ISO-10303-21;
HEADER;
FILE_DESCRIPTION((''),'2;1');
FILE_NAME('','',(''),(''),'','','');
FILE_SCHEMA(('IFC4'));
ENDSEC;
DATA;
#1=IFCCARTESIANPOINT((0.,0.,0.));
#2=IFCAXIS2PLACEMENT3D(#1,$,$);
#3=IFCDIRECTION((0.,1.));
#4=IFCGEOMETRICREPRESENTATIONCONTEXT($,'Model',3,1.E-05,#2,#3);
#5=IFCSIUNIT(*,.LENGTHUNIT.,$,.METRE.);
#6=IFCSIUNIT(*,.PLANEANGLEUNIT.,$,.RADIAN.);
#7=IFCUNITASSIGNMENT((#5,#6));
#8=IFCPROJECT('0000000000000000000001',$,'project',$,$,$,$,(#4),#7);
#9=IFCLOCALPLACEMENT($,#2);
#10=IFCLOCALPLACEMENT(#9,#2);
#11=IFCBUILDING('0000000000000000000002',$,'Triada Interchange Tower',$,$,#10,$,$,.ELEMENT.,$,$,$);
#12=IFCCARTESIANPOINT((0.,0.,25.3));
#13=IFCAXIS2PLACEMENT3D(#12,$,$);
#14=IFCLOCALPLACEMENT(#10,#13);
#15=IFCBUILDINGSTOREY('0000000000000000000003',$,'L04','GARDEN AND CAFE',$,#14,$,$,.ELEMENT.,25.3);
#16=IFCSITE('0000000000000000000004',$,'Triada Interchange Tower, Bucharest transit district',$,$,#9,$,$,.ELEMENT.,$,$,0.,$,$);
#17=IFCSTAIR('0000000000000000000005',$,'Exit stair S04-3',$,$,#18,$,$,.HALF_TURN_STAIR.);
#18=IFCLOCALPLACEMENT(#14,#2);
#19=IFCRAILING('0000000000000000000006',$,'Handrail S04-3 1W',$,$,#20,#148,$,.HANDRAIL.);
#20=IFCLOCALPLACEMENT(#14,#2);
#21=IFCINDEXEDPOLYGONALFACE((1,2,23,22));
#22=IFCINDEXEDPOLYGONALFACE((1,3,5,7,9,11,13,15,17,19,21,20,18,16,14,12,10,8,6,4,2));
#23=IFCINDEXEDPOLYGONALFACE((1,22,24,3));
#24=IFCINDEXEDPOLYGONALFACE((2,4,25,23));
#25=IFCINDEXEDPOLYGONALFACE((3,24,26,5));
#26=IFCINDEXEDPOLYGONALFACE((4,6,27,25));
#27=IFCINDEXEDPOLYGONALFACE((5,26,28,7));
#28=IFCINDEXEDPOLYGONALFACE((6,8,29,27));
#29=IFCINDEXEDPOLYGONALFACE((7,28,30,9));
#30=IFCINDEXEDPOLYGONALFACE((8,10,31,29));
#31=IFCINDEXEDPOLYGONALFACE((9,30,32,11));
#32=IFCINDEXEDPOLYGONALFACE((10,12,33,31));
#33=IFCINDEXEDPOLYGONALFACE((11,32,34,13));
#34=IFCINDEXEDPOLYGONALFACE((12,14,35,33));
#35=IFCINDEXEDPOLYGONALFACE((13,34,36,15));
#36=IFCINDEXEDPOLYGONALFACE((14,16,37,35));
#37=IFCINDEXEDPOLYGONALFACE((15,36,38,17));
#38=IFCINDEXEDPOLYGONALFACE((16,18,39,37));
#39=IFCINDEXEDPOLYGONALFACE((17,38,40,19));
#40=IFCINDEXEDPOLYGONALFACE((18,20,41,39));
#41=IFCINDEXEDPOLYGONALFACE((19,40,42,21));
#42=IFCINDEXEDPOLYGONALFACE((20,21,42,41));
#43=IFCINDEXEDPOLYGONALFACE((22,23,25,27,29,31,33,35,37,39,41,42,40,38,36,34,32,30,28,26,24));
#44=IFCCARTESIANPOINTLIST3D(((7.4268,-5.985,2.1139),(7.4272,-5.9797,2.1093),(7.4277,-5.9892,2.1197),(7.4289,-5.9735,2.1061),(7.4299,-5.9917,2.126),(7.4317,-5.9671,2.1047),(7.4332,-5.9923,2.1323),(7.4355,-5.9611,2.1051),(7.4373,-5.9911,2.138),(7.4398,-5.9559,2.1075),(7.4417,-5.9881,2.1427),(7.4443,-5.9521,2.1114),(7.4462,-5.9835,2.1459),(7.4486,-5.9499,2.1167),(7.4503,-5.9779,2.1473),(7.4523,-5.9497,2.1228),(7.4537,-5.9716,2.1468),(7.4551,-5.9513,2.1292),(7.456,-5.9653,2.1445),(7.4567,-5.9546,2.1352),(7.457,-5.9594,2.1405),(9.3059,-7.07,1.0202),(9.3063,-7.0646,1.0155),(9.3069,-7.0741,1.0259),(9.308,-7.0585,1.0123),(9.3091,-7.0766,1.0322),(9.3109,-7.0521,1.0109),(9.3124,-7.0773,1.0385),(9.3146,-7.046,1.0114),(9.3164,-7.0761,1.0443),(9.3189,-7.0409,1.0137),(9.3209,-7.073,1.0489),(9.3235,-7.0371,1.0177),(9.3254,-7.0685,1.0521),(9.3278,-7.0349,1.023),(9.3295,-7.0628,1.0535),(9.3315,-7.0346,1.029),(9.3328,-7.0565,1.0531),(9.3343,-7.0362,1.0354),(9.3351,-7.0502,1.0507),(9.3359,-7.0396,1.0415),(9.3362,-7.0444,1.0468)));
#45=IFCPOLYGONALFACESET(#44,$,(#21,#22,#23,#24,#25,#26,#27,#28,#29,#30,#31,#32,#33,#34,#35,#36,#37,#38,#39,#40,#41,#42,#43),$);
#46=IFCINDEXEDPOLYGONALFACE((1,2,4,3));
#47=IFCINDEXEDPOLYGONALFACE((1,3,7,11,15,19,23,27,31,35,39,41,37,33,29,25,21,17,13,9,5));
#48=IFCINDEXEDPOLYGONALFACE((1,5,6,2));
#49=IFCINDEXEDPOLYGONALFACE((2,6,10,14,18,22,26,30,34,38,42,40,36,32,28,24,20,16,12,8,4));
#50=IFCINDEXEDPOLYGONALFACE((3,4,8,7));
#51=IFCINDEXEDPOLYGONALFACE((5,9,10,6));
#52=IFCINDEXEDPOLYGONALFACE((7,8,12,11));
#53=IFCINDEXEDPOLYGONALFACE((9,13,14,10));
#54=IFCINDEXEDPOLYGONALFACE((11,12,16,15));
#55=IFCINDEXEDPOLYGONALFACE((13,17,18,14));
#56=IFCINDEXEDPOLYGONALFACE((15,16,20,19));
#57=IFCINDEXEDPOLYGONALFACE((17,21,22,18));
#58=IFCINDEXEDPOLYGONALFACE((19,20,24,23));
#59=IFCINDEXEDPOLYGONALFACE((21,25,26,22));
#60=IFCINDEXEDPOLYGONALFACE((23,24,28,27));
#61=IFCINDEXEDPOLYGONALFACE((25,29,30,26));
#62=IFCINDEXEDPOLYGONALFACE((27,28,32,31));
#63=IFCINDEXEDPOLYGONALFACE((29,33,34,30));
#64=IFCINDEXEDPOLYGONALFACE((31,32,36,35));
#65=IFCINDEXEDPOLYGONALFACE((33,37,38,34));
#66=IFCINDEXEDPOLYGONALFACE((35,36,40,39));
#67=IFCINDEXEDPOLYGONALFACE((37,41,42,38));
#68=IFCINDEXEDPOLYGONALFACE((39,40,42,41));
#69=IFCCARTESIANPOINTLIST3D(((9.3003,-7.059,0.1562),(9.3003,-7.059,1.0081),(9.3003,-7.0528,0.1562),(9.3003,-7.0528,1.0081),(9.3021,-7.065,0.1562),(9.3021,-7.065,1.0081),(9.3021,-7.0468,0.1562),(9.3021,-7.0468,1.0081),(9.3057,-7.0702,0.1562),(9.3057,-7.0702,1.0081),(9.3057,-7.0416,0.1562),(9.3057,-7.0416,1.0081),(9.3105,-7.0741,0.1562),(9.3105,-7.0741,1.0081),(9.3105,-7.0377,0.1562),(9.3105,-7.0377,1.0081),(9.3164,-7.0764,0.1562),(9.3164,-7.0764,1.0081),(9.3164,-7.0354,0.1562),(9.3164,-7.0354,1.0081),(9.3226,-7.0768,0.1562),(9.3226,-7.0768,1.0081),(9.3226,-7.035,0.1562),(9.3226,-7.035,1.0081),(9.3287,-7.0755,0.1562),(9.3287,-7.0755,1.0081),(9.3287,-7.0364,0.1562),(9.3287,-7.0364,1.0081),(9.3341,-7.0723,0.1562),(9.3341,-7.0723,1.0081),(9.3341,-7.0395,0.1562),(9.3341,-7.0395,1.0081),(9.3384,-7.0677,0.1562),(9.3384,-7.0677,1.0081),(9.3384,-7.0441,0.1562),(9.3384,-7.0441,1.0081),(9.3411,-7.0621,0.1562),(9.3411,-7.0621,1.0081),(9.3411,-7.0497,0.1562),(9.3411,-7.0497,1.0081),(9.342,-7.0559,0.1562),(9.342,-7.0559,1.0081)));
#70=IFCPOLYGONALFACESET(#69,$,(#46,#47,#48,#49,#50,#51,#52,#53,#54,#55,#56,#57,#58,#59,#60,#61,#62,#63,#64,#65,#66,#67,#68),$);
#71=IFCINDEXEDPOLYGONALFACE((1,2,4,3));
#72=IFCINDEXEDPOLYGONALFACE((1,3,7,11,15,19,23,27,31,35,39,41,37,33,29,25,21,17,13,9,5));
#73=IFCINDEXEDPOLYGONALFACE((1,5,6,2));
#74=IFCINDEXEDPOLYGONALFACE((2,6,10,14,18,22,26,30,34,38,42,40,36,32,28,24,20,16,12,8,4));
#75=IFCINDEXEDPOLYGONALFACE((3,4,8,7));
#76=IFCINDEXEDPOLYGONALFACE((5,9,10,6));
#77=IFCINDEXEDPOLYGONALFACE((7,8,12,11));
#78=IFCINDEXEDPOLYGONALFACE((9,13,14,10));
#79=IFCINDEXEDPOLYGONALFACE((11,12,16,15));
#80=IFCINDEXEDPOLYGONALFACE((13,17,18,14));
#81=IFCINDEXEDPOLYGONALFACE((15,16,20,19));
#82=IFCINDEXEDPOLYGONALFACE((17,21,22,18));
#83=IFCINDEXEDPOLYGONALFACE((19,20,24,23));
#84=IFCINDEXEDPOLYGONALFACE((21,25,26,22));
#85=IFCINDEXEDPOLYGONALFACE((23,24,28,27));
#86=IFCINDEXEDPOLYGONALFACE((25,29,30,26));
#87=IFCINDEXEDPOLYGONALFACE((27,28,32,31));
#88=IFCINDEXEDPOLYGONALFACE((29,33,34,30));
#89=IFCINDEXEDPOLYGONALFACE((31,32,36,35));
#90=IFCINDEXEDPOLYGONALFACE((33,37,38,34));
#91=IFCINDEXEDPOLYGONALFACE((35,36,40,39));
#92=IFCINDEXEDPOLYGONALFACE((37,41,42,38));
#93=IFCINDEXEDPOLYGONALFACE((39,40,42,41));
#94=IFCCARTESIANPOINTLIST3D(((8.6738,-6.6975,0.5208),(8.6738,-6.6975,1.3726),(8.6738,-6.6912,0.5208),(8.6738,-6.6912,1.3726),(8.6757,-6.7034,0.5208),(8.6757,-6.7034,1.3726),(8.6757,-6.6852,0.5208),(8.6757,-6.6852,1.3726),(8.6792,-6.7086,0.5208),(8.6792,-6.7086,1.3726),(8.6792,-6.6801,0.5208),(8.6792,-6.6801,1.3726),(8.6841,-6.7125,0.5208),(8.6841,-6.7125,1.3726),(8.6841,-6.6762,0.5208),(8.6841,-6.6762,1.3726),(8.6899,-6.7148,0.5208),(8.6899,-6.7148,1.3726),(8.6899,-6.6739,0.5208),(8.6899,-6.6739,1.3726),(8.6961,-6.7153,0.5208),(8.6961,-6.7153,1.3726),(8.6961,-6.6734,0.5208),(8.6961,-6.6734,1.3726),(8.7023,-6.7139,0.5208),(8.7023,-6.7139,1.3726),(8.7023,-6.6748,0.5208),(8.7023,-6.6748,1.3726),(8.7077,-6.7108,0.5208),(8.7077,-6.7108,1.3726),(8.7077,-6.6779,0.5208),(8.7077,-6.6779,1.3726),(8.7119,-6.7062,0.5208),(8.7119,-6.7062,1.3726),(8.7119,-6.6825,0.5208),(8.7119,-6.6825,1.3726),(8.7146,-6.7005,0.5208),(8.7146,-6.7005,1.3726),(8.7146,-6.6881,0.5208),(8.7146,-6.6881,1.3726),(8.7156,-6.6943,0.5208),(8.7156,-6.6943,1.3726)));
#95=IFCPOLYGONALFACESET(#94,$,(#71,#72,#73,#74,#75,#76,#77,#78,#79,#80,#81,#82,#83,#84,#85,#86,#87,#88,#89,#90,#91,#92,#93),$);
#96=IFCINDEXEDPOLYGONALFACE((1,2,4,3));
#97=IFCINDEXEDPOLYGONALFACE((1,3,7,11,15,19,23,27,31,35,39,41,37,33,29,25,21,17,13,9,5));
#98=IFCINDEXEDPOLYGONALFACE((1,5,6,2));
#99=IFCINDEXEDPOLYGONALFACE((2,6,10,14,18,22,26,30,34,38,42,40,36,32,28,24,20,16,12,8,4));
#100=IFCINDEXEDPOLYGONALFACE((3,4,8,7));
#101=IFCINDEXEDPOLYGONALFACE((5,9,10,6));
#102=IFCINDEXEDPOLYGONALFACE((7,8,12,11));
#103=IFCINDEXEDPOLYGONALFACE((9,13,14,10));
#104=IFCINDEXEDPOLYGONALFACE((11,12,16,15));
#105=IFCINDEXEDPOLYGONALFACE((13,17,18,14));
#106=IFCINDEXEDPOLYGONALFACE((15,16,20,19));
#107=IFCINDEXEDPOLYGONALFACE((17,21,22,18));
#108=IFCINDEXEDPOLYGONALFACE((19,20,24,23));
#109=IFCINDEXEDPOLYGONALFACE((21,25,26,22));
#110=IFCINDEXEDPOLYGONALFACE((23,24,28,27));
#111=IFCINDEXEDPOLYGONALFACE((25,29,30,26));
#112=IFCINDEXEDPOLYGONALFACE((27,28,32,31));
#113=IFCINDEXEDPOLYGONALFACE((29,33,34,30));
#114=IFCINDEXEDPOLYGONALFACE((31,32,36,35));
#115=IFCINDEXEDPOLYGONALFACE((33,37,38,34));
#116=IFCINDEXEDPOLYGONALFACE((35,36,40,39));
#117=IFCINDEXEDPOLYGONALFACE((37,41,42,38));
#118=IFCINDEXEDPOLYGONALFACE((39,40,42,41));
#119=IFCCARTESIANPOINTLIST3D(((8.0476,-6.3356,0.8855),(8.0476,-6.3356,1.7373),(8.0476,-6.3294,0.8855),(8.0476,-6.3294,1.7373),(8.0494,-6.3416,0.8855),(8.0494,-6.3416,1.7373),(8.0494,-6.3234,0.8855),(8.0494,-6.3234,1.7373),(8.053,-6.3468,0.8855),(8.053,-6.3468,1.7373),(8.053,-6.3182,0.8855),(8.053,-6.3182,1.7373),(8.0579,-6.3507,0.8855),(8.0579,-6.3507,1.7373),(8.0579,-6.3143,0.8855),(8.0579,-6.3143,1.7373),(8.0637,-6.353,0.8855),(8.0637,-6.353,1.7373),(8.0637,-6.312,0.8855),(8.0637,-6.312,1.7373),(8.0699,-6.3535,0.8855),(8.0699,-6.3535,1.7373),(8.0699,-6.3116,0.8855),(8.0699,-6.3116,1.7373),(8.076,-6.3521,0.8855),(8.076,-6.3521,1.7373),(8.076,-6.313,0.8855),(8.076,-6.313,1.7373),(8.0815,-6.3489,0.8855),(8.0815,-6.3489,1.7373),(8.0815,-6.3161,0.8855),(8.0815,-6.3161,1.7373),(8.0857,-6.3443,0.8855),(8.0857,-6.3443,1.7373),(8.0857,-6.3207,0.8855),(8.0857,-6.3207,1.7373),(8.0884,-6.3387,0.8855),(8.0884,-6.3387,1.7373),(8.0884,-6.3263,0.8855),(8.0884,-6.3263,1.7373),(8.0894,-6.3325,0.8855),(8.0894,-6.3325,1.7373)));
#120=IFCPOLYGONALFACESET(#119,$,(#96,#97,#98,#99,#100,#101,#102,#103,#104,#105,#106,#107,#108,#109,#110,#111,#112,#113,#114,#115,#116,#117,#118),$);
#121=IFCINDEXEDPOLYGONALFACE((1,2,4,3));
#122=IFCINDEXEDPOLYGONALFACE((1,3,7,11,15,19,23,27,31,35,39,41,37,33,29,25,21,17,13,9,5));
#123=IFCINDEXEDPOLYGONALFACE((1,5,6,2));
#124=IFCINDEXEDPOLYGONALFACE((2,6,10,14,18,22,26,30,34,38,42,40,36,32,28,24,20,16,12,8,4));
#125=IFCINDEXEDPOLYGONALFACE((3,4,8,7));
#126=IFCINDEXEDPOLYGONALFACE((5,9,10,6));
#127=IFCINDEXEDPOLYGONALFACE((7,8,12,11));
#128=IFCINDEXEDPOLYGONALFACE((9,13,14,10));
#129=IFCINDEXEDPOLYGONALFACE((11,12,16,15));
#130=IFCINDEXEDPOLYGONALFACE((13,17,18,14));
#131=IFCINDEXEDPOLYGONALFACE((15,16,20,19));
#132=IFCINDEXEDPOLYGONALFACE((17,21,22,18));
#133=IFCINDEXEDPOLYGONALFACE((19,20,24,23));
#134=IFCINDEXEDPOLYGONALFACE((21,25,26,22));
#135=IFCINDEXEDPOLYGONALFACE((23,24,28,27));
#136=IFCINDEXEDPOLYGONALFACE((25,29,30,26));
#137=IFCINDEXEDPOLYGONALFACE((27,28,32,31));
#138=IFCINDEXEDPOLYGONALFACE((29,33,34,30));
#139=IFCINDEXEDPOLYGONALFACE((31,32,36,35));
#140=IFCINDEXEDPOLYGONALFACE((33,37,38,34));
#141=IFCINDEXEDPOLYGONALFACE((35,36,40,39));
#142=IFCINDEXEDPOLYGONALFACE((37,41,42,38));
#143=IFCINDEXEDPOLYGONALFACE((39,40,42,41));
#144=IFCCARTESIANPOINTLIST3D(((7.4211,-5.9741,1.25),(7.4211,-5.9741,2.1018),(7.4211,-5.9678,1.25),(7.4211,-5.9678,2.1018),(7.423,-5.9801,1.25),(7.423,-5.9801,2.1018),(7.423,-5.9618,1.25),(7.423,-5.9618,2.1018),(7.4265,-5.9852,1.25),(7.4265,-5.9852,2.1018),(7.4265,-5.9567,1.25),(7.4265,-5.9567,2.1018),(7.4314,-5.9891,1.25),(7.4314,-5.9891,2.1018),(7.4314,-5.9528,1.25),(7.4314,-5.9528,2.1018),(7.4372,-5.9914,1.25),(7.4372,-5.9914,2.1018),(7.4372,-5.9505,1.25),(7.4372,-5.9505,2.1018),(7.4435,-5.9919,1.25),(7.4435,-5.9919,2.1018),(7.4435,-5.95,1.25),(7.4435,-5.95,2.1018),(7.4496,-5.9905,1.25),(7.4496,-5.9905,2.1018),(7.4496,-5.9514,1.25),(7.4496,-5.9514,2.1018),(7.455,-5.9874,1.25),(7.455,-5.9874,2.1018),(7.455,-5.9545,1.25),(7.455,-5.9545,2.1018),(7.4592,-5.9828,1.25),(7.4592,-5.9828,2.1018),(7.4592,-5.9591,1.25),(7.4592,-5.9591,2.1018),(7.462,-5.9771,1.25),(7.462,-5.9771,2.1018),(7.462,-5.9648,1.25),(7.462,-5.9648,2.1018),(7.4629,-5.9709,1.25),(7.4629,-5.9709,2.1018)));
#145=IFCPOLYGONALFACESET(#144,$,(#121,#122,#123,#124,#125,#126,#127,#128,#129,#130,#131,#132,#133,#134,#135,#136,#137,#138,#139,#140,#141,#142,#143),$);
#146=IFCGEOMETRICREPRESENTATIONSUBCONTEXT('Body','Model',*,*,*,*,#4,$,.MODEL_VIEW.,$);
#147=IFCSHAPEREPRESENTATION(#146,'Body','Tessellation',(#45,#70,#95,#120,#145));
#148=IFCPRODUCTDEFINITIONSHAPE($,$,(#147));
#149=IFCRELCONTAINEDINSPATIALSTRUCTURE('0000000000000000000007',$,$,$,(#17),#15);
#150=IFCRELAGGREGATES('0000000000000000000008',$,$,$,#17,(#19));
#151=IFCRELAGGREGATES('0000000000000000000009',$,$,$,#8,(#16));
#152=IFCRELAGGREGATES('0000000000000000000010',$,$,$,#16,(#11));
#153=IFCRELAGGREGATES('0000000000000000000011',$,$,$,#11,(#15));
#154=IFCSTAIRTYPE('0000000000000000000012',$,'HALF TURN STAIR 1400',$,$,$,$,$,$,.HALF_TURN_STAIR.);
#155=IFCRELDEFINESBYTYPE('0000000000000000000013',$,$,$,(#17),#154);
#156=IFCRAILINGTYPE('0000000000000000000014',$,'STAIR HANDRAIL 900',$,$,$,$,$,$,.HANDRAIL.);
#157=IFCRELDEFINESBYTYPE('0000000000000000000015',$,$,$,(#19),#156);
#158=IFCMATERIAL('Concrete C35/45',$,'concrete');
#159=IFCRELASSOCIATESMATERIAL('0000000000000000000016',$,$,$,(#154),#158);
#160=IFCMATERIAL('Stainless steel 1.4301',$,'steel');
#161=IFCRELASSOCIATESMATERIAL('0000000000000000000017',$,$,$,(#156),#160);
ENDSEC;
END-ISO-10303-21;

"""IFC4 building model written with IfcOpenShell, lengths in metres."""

from ifc_helpers import new_model, si_unit, direction, frame, origin, origin_2d, place, context, subcontext, project, spatial, circle, extrude, material, type_object, element, aggregate, save


model = new_model("IFC4")

# Units and contexts
model_context = context("Model", 3, precision=1e-05, world=origin(), true_north=direction((0.0, 1.0)))
body_context = subcontext(model_context, "Body", "Model", "MODEL_VIEW")
ifc_project = project(units=[si_unit("LENGTHUNIT", "METRE"), si_unit("PLANEANGLEUNIT", "RADIAN")], contexts=[model_context])

# Site, building, storey
site_placement = place(None, origin())
site = spatial("IfcSite", under=ifc_project, at=site_placement, Name="Triada Interchange Tower, Bucharest transit district", CompositionType="ELEMENT", RefElevation=0.0)
building_placement = place(site_placement, origin())
building = spatial("IfcBuilding", under=site, at=building_placement, Name="Triada Interchange Tower", CompositionType="ELEMENT")
storey_placement = place(building_placement, frame((0.0, 0.0, 25.3)))
storey = spatial("IfcBuildingStorey", under=building, at=storey_placement, Name="L04", Description="GARDEN AND CAFE", CompositionType="ELEMENT", Elevation=25.3)

# Shared definitions
ifc_material_1 = material(Name="Concrete C35/45", Category="concrete")

# Stair, railing
stair_type = type_object("IfcStairType", Name="HALF TURN STAIR 1400", PredefinedType="HALF_TURN_STAIR", material=ifc_material_1)
stair_placement = place(storey_placement, origin())
stair = element("IfcStair", 1, at=stair_placement, inside=storey, type_object=stair_type, Name="Exit stair S04-3", PredefinedType="HALF_TURN_STAIR")
ifc_material_2 = material(Name="Stainless steel 1.4301", Category="steel")
railing_type_1 = type_object("IfcRailingType", Name="STAIR HANDRAIL 900", PredefinedType="HANDRAIL", material=ifc_material_2)
railing_1_placement = place(storey_placement, frame((9.321, -7.0559, 0.1562)))
railing_1 = element("IfcRailing", 2, at=railing_1_placement, type_object=railing_type_1, Name="Handrail S04-3 1W", PredefinedType="HANDRAIL", context=body_context, shape_type="SweptSolid", body=[
    extrude(circle(Radius=0.0239, at=origin_2d()), frame((0.0, 0.0, 0.876), z_axis=(-0.77333, 0.446496, 0.450113), x_axis=(-0.500011, -0.866019, 0.0)), (0.0, 0.0, 1.0), 2.4299),
    extrude(circle(Radius=0.021, at=origin_2d()), origin(), (0.0, 0.0, 1.0), 0.8518),
    extrude(circle(Radius=0.021, at=origin_2d()), frame((-0.6265, 0.3616, 0.3645)), (0.0, 0.0, 1.0), 0.8518),
    extrude(circle(Radius=0.021, at=origin_2d()), frame((-1.2527, 0.7234, 0.7292)), (0.0, 0.0, 1.0), 0.8518),
    extrude(circle(Radius=0.021, at=origin_2d()), frame((-1.8792, 1.085, 1.0938)), (0.0, 0.0, 1.0), 0.8518),
])
aggregate(stair, [railing_1])

save(model, "model.ifc")
